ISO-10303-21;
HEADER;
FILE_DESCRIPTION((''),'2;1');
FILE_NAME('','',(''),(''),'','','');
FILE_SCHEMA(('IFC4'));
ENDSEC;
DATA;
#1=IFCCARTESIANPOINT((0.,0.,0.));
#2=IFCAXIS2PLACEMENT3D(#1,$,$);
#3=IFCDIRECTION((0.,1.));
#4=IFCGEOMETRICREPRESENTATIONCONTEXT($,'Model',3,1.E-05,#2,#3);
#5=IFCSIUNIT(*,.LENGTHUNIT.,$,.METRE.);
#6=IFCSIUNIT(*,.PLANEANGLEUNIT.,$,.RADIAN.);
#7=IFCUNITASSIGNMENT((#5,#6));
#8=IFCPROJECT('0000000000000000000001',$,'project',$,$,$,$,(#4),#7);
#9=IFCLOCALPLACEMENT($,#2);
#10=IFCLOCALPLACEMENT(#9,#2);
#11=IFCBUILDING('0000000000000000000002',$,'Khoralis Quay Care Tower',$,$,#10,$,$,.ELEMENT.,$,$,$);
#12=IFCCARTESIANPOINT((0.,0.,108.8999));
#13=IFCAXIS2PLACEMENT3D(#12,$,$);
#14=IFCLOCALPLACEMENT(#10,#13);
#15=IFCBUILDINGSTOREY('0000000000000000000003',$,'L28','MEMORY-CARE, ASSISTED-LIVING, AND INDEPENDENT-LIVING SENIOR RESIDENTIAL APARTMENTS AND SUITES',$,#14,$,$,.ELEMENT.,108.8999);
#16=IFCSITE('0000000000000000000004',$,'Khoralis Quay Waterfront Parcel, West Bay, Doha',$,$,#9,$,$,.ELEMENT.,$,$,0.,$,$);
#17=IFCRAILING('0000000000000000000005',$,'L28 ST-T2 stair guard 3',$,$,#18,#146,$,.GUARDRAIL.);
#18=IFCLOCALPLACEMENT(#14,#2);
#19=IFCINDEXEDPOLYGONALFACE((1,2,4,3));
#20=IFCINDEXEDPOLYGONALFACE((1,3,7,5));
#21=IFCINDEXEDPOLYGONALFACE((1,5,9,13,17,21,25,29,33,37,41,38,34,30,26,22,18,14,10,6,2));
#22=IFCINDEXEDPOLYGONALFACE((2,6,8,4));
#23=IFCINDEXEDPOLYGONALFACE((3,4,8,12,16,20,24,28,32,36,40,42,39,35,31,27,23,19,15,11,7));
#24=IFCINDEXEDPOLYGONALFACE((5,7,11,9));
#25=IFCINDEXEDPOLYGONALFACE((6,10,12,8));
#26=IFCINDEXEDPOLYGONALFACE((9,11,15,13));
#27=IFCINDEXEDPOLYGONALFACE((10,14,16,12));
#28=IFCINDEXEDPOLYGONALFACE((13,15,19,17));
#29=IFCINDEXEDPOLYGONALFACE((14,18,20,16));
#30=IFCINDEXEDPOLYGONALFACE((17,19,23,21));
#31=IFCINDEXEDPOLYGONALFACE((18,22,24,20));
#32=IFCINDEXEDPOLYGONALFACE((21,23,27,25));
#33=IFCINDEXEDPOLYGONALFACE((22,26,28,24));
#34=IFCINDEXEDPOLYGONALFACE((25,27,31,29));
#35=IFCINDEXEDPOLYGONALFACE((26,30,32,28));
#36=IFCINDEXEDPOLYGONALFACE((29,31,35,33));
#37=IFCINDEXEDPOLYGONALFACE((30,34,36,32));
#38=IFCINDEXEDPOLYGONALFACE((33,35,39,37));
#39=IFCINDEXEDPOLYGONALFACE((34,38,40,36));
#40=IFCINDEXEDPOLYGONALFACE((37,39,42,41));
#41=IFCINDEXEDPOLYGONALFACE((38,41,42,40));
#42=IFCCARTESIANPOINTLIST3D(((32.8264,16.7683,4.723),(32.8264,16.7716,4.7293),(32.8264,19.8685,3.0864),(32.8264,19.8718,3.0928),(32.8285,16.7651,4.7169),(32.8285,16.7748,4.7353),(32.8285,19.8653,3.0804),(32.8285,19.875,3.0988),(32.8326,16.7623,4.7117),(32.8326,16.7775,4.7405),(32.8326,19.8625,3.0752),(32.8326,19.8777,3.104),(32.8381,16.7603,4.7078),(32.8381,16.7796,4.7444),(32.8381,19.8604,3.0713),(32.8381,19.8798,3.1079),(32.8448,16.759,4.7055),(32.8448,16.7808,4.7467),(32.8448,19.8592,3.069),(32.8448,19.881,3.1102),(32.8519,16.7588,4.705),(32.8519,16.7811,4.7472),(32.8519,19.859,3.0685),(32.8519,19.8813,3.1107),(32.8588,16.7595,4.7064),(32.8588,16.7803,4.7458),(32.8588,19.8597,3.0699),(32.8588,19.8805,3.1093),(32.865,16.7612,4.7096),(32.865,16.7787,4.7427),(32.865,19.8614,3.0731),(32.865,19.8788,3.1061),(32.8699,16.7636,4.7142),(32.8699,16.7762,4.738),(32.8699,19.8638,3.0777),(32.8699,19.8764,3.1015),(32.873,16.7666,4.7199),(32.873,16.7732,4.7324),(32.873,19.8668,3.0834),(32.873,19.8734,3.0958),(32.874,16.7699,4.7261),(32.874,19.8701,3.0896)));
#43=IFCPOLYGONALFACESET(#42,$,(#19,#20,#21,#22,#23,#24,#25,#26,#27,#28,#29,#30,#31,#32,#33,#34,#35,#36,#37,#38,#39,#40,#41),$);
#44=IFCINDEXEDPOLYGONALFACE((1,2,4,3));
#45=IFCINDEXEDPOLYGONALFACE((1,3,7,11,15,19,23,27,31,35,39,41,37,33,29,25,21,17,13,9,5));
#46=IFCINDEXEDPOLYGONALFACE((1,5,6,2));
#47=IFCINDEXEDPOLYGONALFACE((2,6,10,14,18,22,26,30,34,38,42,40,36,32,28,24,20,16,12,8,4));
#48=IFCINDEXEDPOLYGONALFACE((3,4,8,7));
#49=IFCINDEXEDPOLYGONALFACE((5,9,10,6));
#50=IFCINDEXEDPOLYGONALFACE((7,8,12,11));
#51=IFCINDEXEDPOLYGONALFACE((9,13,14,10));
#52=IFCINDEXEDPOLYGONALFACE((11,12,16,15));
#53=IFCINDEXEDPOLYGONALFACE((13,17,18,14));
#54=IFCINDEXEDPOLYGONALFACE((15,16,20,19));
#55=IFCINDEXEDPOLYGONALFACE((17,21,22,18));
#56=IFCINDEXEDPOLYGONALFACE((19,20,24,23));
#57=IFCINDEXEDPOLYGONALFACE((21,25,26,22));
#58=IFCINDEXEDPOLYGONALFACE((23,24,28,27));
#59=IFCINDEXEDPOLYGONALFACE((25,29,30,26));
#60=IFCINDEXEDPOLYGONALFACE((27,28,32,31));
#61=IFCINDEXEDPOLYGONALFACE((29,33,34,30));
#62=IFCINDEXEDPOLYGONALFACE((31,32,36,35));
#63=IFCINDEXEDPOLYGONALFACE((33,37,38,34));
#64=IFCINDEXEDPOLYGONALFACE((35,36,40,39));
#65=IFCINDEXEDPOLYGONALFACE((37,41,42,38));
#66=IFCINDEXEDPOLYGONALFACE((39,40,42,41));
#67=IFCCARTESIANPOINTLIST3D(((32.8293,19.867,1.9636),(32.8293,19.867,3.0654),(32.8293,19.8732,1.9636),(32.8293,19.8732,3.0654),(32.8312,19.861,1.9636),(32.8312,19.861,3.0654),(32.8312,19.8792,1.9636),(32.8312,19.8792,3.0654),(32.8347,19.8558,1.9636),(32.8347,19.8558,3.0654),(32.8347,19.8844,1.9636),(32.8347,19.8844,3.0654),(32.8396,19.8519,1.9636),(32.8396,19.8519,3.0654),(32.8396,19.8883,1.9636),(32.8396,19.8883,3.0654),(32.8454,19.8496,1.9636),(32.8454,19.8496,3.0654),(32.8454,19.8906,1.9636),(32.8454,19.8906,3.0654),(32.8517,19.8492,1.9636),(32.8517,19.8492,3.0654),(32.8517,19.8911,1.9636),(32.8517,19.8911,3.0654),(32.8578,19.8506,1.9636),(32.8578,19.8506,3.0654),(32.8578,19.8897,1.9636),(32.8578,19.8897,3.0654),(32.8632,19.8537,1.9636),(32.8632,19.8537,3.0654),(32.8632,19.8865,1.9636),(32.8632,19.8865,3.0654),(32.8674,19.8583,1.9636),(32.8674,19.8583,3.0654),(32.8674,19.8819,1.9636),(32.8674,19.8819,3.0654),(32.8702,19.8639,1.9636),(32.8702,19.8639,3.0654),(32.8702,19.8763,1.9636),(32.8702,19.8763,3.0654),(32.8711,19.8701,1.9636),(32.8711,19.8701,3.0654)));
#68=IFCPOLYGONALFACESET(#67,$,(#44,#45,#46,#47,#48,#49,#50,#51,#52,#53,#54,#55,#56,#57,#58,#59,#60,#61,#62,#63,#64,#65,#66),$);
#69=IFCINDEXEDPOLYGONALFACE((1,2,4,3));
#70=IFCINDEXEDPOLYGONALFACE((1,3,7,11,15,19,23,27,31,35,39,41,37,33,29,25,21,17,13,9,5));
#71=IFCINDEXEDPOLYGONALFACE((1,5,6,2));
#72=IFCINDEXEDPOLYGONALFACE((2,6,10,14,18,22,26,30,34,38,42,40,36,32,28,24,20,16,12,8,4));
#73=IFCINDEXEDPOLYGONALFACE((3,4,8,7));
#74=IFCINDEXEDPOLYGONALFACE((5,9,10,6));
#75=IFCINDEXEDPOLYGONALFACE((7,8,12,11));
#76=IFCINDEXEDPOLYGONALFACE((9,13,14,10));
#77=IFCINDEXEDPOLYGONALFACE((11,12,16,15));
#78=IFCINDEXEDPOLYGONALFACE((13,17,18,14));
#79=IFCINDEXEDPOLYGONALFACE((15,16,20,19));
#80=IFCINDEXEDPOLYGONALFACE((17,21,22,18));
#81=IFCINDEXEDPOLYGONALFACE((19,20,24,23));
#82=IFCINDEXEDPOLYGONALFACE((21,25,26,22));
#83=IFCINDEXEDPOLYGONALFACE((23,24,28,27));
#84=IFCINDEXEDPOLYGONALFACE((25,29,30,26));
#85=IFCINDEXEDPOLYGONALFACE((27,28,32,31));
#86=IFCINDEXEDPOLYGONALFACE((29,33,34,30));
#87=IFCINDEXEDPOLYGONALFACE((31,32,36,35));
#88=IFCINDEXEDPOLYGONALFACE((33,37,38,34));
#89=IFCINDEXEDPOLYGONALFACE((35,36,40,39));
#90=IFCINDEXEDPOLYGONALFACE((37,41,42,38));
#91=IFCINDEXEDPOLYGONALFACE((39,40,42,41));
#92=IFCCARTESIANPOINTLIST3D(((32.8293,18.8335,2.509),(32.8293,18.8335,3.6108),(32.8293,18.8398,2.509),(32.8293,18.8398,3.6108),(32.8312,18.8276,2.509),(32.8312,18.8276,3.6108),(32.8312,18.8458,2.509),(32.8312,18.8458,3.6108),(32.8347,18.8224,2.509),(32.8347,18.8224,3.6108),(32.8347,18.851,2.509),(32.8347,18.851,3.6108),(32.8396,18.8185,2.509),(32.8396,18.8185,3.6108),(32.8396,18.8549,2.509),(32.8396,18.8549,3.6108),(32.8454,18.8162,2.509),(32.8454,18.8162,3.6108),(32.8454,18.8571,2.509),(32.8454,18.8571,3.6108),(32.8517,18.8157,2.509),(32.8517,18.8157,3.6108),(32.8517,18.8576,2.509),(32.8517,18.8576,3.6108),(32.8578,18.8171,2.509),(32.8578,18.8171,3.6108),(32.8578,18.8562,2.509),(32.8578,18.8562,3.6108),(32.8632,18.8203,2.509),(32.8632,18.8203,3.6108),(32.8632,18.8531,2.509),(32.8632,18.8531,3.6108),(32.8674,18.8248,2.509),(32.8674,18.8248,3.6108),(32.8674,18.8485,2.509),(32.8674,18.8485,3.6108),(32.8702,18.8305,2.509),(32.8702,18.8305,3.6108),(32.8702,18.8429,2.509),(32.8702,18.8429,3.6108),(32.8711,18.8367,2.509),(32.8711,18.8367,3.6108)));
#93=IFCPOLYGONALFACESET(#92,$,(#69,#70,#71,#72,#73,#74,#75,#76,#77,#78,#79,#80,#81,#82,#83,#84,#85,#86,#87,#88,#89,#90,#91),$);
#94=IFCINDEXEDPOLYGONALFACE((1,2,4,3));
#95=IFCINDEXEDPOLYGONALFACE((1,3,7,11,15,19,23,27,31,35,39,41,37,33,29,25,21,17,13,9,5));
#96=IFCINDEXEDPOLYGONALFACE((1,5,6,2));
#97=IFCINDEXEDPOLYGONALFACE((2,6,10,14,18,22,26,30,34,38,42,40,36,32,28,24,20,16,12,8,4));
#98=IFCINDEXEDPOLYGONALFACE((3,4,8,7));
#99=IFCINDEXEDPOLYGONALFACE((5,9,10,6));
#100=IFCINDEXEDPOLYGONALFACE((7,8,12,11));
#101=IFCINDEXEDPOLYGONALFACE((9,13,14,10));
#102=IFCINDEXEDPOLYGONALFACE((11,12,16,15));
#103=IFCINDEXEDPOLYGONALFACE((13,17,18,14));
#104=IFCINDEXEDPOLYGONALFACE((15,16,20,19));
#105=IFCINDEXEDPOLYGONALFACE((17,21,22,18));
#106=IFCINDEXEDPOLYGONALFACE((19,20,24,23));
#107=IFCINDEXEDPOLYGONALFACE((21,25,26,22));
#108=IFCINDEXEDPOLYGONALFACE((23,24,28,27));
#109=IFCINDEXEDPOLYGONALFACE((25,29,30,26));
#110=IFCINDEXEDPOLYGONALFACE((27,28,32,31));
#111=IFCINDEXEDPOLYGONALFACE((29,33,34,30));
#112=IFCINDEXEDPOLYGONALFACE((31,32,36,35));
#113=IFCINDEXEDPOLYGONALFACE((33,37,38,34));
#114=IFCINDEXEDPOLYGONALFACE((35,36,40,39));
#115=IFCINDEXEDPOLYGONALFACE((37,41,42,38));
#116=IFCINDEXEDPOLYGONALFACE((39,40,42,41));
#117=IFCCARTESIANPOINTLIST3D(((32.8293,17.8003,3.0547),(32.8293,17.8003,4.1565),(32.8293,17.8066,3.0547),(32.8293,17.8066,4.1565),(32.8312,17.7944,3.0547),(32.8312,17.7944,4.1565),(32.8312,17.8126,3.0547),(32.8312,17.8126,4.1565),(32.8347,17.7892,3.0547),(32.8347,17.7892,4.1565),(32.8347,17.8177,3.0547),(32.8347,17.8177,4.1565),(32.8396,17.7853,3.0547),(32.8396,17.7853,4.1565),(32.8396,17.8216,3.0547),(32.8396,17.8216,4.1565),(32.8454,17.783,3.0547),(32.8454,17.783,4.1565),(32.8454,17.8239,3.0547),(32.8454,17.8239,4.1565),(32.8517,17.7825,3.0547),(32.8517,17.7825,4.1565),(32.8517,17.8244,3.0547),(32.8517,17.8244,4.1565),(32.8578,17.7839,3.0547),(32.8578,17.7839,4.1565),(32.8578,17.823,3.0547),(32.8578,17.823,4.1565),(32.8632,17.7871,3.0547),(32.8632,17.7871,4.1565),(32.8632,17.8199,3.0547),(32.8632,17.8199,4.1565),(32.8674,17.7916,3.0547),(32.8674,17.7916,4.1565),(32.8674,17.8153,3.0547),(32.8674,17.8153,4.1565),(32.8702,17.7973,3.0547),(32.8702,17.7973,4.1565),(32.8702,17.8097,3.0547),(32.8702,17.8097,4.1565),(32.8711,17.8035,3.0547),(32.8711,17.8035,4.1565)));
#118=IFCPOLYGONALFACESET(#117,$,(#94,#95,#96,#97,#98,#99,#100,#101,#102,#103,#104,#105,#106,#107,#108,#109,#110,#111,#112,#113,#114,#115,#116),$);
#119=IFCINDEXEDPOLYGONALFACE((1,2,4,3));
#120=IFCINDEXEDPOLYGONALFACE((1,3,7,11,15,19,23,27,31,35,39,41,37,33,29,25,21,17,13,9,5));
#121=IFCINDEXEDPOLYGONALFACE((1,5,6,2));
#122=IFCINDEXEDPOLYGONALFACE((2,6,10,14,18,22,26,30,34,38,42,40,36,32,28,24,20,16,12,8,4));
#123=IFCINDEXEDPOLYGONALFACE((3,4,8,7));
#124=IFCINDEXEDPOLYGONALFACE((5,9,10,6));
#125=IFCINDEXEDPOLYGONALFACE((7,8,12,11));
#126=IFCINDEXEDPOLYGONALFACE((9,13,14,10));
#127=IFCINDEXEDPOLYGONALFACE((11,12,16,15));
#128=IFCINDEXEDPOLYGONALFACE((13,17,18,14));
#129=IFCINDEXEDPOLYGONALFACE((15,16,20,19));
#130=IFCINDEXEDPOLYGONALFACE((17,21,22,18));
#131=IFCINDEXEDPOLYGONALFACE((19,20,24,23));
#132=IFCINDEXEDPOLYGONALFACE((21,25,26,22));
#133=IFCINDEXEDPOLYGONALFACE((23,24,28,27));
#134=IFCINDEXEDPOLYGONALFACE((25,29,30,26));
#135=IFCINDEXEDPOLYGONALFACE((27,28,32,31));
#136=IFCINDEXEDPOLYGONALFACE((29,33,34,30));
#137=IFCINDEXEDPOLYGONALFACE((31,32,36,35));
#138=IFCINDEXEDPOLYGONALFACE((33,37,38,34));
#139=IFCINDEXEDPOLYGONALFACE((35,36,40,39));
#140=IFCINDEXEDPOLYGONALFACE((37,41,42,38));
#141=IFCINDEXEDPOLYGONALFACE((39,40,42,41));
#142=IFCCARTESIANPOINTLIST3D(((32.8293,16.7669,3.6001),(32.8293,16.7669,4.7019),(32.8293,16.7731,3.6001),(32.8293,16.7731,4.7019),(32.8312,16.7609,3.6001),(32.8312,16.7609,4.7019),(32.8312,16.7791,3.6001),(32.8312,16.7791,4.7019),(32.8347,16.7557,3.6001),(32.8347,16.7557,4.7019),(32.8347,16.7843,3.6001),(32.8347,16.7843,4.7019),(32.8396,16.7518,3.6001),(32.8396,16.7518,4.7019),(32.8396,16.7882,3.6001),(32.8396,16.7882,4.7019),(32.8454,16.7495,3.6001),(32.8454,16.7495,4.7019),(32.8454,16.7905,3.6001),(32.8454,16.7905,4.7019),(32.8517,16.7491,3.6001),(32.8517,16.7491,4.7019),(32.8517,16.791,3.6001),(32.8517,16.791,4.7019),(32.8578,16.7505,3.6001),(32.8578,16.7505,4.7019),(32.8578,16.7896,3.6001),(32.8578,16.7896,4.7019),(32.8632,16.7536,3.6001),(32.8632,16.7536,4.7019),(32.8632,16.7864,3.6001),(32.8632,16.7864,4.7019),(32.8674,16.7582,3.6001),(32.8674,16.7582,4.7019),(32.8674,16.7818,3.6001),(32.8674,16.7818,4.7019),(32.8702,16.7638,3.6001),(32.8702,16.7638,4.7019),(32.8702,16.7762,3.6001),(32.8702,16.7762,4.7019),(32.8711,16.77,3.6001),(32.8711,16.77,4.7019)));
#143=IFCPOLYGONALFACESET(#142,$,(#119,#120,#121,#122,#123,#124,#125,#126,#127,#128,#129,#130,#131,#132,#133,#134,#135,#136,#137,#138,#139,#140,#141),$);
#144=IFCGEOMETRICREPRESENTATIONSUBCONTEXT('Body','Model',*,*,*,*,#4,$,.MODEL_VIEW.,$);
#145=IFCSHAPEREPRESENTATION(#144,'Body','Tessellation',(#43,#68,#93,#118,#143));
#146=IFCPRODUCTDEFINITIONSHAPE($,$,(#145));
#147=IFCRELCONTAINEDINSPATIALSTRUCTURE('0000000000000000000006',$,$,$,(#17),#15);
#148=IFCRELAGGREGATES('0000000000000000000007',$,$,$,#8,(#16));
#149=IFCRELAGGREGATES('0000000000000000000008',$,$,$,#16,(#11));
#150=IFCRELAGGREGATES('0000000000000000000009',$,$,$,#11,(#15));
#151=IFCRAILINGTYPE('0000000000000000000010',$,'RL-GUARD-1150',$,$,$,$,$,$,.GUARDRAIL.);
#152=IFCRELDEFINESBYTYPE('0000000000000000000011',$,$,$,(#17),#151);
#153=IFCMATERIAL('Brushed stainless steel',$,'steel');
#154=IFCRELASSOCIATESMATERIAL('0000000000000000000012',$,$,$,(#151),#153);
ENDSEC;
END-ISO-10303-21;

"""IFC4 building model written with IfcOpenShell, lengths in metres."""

from ifc_helpers import new_model, si_unit, direction, frame, origin, origin_2d, place, context, subcontext, project, spatial, circle, extrude, material, type_object, element, save


model = new_model("IFC4")

# Units and contexts
model_context = context("Model", 3, precision=1e-05, world=origin(), true_north=direction((0.0, 1.0)))
body_context = subcontext(model_context, "Body", "Model", "MODEL_VIEW")
ifc_project = project(units=[si_unit("LENGTHUNIT", "METRE"), si_unit("PLANEANGLEUNIT", "RADIAN")], contexts=[model_context])

# Site, building, storey
site_placement = place(None, origin())
site = spatial("IfcSite", under=ifc_project, at=site_placement, Name="Khoralis Quay Waterfront Parcel, West Bay, Doha", CompositionType="ELEMENT", RefElevation=0.0)
building_placement = place(site_placement, origin())
building = spatial("IfcBuilding", under=site, at=building_placement, Name="Khoralis Quay Care Tower", CompositionType="ELEMENT")
storey_placement = place(building_placement, frame((0.0, 0.0, 108.8999)))
storey = spatial("IfcBuildingStorey", under=building, at=storey_placement, Name="L28", Description="MEMORY-CARE, ASSISTED-LIVING, AND INDEPENDENT-LIVING SENIOR RESIDENTIAL APARTMENTS AND SUITES", CompositionType="ELEMENT", Elevation=108.8999)

# Shared definitions
ifc_material_1 = material(Name="Brushed stainless steel", Category="steel")

# Railing
railing_type_1 = type_object("IfcRailingType", Name="RL-GUARD-1150", PredefinedType="GUARDRAIL", material=ifc_material_1)
railing_1_placement = place(storey_placement, frame((32.8501, 19.8701, 1.9636)))
element("IfcRailing", 1, at=railing_1_placement, inside=storey, type_object=railing_type_1, Name="L28 ST-T2 stair guard 3", PredefinedType="GUARDRAIL", context=body_context, shape_type="SweptSolid", body=[
    extrude(circle(Radius=0.0239, at=origin_2d()), frame((0.0, 0.0, 1.126), z_axis=(0.0, -0.884348, 0.466828), x_axis=(1.0, 0.0, 0.0)), (0.0, 0.0, 1.0), 3.5056),
    extrude(circle(Radius=0.021, at=origin_2d()), origin(), (0.0, 0.0, 1.0), 1.1018),
    extrude(circle(Radius=0.021, at=origin_2d()), frame((0.0, -1.0334, 0.5454)), (0.0, 0.0, 1.0), 1.1018),
    extrude(circle(Radius=0.021, at=origin_2d()), frame((0.0, -2.0667, 1.0911)), (0.0, 0.0, 1.0), 1.1018),
    extrude(circle(Radius=0.021, at=origin_2d()), frame((0.0, -3.1001, 1.6365)), (0.0, 0.0, 1.0), 1.1018),
])

save(model, "model.ifc")
